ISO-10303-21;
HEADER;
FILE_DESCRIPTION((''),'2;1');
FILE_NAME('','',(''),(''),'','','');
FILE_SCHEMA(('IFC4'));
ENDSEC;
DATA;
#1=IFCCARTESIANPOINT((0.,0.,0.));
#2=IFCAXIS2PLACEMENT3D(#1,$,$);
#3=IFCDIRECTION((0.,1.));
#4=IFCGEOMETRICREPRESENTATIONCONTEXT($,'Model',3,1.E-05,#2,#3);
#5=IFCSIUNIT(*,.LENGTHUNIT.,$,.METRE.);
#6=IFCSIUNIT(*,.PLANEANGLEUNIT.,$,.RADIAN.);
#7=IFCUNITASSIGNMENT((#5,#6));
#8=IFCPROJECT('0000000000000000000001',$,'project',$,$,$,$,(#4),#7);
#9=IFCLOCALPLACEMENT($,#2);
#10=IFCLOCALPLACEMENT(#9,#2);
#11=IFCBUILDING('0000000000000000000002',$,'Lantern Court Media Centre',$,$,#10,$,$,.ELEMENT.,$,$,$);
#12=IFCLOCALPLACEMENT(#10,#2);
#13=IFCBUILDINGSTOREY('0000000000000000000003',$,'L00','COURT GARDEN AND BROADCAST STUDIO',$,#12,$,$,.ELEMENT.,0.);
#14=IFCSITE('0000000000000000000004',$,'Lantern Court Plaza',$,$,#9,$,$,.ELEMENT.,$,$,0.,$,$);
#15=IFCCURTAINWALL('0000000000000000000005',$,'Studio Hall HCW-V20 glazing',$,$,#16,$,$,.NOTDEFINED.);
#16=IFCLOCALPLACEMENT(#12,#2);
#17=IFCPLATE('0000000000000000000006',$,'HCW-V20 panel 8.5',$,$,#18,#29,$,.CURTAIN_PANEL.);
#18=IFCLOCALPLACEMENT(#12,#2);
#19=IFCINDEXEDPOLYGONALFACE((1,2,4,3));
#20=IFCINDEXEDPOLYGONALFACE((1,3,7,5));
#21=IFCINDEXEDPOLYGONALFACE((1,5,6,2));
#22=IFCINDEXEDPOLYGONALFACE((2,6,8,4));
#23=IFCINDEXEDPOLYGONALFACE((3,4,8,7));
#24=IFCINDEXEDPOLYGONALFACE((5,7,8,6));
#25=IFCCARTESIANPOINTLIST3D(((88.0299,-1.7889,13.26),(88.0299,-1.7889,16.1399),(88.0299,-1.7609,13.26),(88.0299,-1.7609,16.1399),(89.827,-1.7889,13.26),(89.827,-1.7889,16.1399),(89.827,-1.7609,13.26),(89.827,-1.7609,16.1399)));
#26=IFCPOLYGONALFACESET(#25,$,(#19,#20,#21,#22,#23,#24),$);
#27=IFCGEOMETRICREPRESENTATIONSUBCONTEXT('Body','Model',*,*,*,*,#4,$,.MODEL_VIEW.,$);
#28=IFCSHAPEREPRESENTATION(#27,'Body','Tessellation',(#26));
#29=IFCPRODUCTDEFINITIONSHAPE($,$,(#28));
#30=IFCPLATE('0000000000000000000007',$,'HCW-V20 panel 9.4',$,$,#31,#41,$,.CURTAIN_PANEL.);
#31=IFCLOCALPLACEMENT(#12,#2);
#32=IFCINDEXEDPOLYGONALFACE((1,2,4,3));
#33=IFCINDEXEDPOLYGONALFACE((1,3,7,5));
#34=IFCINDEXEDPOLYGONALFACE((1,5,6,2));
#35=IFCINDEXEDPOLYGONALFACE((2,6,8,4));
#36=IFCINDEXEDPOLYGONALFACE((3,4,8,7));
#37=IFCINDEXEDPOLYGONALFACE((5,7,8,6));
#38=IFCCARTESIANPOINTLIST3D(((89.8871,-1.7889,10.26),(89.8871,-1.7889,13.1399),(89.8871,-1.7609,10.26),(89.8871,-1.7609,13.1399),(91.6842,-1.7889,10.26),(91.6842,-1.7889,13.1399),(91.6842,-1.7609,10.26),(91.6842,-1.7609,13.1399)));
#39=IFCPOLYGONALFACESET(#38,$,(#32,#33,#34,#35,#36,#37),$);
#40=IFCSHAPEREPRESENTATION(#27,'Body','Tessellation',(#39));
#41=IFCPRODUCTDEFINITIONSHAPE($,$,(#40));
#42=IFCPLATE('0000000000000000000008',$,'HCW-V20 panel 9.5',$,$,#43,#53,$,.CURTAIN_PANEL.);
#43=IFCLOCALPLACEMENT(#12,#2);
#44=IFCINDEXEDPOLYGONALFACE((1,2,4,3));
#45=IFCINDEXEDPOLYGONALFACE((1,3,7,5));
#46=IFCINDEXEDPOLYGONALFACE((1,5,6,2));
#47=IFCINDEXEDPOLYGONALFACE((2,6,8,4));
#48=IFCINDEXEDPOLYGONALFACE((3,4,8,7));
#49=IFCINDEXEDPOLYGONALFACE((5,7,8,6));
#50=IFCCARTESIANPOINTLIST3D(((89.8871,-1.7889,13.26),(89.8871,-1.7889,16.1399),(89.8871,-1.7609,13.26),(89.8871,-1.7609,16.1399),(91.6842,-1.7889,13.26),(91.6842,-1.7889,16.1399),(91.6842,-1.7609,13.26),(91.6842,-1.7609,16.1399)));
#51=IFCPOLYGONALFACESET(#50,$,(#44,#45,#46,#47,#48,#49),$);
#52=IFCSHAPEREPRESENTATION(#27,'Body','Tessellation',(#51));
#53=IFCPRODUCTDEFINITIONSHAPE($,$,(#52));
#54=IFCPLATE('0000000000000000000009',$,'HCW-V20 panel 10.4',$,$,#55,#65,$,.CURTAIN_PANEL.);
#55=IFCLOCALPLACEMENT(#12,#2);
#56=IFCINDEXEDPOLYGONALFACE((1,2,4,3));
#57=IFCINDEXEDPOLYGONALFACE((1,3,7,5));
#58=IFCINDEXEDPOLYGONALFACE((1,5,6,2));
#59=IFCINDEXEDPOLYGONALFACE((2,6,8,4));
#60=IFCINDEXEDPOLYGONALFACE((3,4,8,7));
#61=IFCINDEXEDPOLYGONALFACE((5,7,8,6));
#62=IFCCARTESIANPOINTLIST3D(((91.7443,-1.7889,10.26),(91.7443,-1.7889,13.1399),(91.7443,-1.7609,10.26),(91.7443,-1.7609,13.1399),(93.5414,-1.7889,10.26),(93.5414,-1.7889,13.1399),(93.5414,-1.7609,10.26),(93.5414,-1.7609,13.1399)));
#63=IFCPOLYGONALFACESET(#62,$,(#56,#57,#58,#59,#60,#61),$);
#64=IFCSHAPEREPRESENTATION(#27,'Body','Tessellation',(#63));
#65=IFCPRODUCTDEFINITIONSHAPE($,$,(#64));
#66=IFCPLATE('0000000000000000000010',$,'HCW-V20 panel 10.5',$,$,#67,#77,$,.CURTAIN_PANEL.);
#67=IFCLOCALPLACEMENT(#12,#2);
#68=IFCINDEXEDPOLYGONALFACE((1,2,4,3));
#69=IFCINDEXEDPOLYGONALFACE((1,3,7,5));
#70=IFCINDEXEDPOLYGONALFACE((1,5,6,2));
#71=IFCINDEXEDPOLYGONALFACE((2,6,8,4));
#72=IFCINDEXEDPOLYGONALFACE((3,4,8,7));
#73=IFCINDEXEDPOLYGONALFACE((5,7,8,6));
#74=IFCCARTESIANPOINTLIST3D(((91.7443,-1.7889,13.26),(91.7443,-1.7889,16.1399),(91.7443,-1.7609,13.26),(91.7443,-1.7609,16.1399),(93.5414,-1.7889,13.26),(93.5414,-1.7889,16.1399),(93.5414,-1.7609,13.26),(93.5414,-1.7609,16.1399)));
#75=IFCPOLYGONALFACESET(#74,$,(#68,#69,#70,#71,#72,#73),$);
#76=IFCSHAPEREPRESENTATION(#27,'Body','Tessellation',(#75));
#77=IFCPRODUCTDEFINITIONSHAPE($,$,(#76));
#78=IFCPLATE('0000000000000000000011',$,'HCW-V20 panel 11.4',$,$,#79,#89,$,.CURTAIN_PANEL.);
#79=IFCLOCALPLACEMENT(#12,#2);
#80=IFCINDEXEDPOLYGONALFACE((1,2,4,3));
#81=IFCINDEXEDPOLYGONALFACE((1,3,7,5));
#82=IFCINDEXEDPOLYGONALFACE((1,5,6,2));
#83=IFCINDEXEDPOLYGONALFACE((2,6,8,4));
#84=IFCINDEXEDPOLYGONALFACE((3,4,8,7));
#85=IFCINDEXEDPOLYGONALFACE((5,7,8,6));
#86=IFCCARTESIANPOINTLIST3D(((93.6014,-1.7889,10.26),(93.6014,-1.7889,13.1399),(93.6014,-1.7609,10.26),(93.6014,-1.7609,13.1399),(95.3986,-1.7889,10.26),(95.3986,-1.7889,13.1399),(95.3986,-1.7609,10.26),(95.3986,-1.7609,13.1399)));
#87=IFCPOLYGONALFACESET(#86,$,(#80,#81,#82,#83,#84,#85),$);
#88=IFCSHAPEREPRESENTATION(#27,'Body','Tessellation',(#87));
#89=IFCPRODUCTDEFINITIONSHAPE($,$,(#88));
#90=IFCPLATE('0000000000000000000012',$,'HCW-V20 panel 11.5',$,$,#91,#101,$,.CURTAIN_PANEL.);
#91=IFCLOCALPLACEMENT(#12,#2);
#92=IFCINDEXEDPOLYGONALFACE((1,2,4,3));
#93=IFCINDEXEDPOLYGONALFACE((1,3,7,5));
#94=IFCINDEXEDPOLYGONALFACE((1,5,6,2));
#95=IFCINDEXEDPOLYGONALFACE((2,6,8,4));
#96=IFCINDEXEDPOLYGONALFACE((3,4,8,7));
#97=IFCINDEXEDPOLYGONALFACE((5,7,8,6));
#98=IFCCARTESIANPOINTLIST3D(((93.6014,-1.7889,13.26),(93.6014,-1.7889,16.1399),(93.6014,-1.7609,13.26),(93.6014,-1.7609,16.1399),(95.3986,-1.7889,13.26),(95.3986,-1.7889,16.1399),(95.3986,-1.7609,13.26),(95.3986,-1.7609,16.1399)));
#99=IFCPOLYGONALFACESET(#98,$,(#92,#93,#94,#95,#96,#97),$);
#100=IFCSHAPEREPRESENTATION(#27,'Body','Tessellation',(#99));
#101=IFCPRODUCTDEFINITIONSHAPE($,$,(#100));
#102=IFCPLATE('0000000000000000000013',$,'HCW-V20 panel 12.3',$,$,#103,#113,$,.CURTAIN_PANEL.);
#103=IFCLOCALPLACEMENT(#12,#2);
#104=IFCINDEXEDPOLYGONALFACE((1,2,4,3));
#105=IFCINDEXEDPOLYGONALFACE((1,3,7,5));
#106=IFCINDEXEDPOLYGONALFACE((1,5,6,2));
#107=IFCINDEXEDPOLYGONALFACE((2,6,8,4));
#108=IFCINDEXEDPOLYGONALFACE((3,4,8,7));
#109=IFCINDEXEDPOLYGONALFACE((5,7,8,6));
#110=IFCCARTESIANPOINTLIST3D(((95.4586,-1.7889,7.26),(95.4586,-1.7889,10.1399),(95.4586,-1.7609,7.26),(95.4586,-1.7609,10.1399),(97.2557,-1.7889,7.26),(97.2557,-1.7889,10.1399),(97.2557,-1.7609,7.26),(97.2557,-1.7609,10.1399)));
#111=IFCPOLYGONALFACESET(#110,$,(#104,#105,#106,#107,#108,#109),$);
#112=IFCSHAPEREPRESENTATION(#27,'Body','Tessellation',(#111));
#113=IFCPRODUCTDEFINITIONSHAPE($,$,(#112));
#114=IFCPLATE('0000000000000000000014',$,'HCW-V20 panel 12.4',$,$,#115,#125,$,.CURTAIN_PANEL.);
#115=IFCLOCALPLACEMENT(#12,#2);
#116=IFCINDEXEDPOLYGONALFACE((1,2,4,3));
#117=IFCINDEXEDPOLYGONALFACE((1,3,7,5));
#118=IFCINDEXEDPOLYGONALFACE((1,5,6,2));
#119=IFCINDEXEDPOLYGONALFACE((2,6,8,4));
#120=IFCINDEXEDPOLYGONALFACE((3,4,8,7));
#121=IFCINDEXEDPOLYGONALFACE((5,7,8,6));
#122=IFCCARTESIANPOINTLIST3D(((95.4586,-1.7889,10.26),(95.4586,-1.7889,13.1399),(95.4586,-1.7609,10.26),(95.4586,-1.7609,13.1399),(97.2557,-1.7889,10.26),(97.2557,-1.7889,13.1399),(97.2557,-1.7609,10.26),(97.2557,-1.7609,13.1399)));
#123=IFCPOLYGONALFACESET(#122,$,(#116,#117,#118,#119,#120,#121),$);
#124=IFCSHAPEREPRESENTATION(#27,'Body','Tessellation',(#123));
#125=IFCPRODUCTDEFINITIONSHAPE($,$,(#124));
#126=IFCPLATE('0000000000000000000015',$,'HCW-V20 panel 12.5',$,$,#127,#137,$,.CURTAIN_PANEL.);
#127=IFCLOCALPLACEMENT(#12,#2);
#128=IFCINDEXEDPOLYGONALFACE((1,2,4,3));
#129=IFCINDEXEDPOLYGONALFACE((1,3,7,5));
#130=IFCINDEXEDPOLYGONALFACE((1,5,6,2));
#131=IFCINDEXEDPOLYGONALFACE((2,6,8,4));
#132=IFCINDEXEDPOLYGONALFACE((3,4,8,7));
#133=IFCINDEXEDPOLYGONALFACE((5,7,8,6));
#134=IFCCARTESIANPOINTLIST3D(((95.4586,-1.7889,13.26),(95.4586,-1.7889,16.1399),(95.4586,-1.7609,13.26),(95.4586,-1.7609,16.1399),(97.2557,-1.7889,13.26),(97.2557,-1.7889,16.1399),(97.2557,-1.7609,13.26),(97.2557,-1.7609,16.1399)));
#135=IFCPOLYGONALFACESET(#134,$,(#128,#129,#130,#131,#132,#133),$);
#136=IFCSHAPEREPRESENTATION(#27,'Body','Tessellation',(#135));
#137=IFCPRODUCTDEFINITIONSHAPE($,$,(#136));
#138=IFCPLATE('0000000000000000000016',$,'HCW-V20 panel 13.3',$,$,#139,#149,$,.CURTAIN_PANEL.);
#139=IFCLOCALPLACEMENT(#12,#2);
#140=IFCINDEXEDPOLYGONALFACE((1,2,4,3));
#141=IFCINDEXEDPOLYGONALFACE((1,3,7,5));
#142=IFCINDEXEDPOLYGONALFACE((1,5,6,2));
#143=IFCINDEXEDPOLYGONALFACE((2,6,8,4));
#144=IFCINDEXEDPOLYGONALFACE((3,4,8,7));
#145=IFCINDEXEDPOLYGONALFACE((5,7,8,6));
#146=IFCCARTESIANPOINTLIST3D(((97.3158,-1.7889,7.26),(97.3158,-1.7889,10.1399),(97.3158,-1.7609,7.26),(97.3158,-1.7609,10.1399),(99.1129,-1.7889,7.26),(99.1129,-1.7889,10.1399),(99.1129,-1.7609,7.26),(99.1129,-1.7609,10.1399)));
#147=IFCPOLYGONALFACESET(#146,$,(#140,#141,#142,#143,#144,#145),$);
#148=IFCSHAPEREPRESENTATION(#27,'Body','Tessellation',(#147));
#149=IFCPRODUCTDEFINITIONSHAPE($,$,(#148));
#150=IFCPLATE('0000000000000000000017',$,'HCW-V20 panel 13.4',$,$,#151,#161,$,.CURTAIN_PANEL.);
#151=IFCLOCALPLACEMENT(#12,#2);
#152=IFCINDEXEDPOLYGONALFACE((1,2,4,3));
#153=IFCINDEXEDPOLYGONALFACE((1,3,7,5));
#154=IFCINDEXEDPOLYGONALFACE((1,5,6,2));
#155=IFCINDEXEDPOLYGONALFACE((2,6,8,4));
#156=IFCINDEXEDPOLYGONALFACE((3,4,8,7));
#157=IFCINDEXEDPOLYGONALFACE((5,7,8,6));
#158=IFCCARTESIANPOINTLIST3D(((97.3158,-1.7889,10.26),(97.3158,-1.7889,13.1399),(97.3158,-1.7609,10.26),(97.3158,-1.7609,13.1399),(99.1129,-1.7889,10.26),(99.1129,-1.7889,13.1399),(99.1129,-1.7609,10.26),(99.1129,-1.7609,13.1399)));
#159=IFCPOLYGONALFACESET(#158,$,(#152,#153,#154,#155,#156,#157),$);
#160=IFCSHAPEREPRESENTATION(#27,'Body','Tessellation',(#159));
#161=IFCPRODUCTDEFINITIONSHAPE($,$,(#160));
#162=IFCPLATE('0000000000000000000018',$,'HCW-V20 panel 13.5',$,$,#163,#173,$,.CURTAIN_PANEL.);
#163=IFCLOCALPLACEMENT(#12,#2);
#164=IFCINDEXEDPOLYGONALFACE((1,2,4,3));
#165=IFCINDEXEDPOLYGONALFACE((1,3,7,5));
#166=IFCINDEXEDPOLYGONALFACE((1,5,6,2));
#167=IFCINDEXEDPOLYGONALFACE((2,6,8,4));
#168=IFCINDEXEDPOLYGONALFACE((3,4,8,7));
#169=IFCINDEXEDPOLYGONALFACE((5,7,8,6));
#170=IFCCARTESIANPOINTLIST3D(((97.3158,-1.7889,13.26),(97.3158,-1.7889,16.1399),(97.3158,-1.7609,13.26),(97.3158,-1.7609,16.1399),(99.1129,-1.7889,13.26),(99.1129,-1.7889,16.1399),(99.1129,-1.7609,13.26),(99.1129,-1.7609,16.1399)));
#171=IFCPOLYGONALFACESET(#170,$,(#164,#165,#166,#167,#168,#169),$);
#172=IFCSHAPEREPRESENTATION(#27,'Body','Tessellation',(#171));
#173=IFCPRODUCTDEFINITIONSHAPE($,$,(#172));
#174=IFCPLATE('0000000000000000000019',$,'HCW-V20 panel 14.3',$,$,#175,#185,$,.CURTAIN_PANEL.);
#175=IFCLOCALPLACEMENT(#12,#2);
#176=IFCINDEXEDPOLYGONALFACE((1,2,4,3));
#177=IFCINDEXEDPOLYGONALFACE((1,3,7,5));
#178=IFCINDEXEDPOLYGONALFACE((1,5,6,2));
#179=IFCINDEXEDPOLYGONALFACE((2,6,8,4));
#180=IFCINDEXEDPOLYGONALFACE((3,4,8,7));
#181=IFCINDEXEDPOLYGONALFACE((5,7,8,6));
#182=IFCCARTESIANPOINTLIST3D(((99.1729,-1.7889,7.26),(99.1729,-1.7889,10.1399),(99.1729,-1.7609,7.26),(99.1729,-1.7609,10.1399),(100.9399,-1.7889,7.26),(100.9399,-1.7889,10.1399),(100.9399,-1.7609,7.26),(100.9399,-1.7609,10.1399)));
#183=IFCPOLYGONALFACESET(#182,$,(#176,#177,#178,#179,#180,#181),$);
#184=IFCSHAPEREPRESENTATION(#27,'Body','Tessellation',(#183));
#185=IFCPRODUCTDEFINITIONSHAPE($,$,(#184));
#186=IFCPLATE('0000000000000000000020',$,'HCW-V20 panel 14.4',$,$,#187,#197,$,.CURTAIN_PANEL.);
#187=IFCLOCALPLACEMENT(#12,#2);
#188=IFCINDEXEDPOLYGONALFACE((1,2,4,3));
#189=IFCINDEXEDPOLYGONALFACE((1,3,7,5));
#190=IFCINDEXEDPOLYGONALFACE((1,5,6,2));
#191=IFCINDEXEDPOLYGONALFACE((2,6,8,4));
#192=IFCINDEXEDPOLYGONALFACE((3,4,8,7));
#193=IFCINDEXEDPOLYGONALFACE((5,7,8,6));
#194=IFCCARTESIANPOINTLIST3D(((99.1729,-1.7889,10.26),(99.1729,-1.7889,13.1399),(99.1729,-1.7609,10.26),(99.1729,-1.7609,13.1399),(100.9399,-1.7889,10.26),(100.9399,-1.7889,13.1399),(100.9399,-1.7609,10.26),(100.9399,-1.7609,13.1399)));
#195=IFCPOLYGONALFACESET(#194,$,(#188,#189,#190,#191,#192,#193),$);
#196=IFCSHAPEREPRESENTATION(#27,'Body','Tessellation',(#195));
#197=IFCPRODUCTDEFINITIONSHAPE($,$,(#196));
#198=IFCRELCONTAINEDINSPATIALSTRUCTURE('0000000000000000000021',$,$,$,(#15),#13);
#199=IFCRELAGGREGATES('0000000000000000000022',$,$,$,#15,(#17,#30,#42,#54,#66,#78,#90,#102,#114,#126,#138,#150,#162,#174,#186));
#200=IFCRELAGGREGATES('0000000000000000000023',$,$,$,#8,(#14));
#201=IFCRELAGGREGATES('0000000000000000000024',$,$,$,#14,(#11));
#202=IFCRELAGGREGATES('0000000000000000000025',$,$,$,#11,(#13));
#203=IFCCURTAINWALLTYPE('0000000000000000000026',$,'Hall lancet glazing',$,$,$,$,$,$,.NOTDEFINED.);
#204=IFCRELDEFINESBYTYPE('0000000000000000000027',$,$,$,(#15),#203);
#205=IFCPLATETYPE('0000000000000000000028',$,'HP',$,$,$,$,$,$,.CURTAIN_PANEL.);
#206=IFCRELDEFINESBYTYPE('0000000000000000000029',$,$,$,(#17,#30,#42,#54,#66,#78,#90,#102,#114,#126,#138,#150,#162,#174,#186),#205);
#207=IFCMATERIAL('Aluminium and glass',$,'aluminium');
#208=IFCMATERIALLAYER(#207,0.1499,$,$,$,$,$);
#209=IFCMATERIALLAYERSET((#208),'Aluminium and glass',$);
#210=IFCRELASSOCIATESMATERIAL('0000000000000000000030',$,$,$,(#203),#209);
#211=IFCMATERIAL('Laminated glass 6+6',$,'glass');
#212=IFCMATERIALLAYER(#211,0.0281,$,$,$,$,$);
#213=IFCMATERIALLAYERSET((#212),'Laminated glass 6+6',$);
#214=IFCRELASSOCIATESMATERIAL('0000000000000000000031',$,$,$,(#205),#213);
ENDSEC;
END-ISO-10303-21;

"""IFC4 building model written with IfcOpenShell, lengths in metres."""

from ifc_helpers import new_model, si_unit, direction, frame, origin, origin_2d, place, context, subcontext, project, spatial, rectangle, extrude, material, layer, layer_set, type_object, element, aggregate, save


model = new_model("IFC4")

# Units and contexts
model_context = context("Model", 3, precision=1e-05, world=origin(), true_north=direction((0.0, 1.0)))
body_context = subcontext(model_context, "Body", "Model", "MODEL_VIEW")
ifc_project = project(units=[si_unit("LENGTHUNIT", "METRE"), si_unit("PLANEANGLEUNIT", "RADIAN")], contexts=[model_context])

# Site, building, storey
site_placement = place(None, origin())
site = spatial("IfcSite", under=ifc_project, at=site_placement, Name="Lantern Court Plaza", CompositionType="ELEMENT", RefElevation=0.0)
building_placement = place(site_placement, origin())
building = spatial("IfcBuilding", under=site, at=building_placement, Name="Lantern Court Media Centre", CompositionType="ELEMENT")
storey_placement = place(building_placement, origin())
storey = spatial("IfcBuildingStorey", under=building, at=storey_placement, Name="L00", Description="COURT GARDEN AND BROADCAST STUDIO", CompositionType="ELEMENT", Elevation=0.0)

# Curtain wall, plates
ifc_material_1 = material(Name="Aluminium and glass", Category="aluminium")
ifc_layer_1 = layer(ifc_material_1, 0.1499)
ifc_layer_set_1 = layer_set([ifc_layer_1], Name="Aluminium and glass")
curtain_wall_type = type_object("IfcCurtainWallType", Name="Hall lancet glazing", PredefinedType="NOTDEFINED", material=ifc_layer_set_1)
curtain_wall_placement = place(storey_placement, origin())
curtain_wall = element("IfcCurtainWall", 1, at=curtain_wall_placement, inside=storey, type_object=curtain_wall_type, Name="Studio Hall HCW-V20 glazing", PredefinedType="NOTDEFINED")
ifc_material_2 = material(Name="Laminated glass 6+6", Category="glass")
ifc_layer_2 = layer(ifc_material_2, 0.0281)
ifc_layer_set_2 = layer_set([ifc_layer_2], Name="Laminated glass 6+6")
plate_type = type_object("IfcPlateType", Name="HP", PredefinedType="CURTAIN_PANEL", material=ifc_layer_set_2)
plate_1_placement = place(storey_placement, frame((88.9285, -1.7749, 13.26), z_axis=(0.0, 0.0, 1.0), x_axis=(1.0, 0.0, 0.0)))
plate_1 = element("IfcPlate", 2, at=plate_1_placement, type_object=plate_type, Name="HCW-V20 panel 8.5", PredefinedType="CURTAIN_PANEL", context=body_context, shape_type="SweptSolid", body=[
    extrude(rectangle(XDim=1.7971, YDim=0.0281, at=origin_2d()), origin(), (0.0, 0.0, 1.0), 2.8799),
])
plate_2_placement = place(storey_placement, frame((90.7856, -1.7749, 10.26), z_axis=(0.0, 0.0, 1.0), x_axis=(1.0, 0.0, 0.0)))
plate_2 = element("IfcPlate", 3, at=plate_2_placement, type_object=plate_type, Name="HCW-V20 panel 9.4", PredefinedType="CURTAIN_PANEL", context=body_context, shape_type="SweptSolid", body=[
    extrude(rectangle(XDim=1.7971, YDim=0.0281, at=origin_2d()), origin(), (0.0, 0.0, 1.0), 2.8799),
])
plate_3_placement = place(storey_placement, frame((90.7856, -1.7749, 13.26), z_axis=(0.0, 0.0, 1.0), x_axis=(1.0, 0.0, 0.0)))
plate_3 = element("IfcPlate", 4, at=plate_3_placement, type_object=plate_type, Name="HCW-V20 panel 9.5", PredefinedType="CURTAIN_PANEL", context=body_context, shape_type="SweptSolid", body=[
    extrude(rectangle(XDim=1.7971, YDim=0.0281, at=origin_2d()), origin(), (0.0, 0.0, 1.0), 2.8799),
])
plate_4_placement = place(storey_placement, frame((92.6428, -1.7749, 10.26), z_axis=(0.0, 0.0, 1.0), x_axis=(1.0, 0.0, 0.0)))
plate_4 = element("IfcPlate", 5, at=plate_4_placement, type_object=plate_type, Name="HCW-V20 panel 10.4", PredefinedType="CURTAIN_PANEL", context=body_context, shape_type="SweptSolid", body=[
    extrude(rectangle(XDim=1.7971, YDim=0.0281, at=origin_2d()), origin(), (0.0, 0.0, 1.0), 2.8799),
])
plate_5_placement = place(storey_placement, frame((92.6428, -1.7749, 13.26), z_axis=(0.0, 0.0, 1.0), x_axis=(1.0, 0.0, 0.0)))
plate_5 = element("IfcPlate", 6, at=plate_5_placement, type_object=plate_type, Name="HCW-V20 panel 10.5", PredefinedType="CURTAIN_PANEL", context=body_context, shape_type="SweptSolid", body=[
    extrude(rectangle(XDim=1.7971, YDim=0.0281, at=origin_2d()), origin(), (0.0, 0.0, 1.0), 2.8799),
])
plate_6_placement = place(storey_placement, frame((94.5, -1.7749, 10.26), z_axis=(0.0, 0.0, 1.0), x_axis=(1.0, 0.0, 0.0)))
plate_6 = element("IfcPlate", 7, at=plate_6_placement, type_object=plate_type, Name="HCW-V20 panel 11.4", PredefinedType="CURTAIN_PANEL", context=body_context, shape_type="SweptSolid", body=[
    extrude(rectangle(XDim=1.7971, YDim=0.0281, at=origin_2d()), origin(), (0.0, 0.0, 1.0), 2.8799),
])
plate_7_placement = place(storey_placement, frame((94.5, -1.7749, 13.26), z_axis=(0.0, 0.0, 1.0), x_axis=(1.0, 0.0, 0.0)))
plate_7 = element("IfcPlate", 8, at=plate_7_placement, type_object=plate_type, Name="HCW-V20 panel 11.5", PredefinedType="CURTAIN_PANEL", context=body_context, shape_type="SweptSolid", body=[
    extrude(rectangle(XDim=1.7971, YDim=0.0281, at=origin_2d()), origin(), (0.0, 0.0, 1.0), 2.8799),
])
plate_8_placement = place(storey_placement, frame((96.3572, -1.7749, 7.26), z_axis=(0.0, 0.0, 1.0), x_axis=(1.0, 0.0, 0.0)))
plate_8 = element("IfcPlate", 9, at=plate_8_placement, type_object=plate_type, Name="HCW-V20 panel 12.3", PredefinedType="CURTAIN_PANEL", context=body_context, shape_type="SweptSolid", body=[
    extrude(rectangle(XDim=1.7971, YDim=0.0281, at=origin_2d()), origin(), (0.0, 0.0, 1.0), 2.8799),
])
plate_9_placement = place(storey_placement, frame((96.3572, -1.7749, 10.26), z_axis=(0.0, 0.0, 1.0), x_axis=(1.0, 0.0, 0.0)))
plate_9 = element("IfcPlate", 10, at=plate_9_placement, type_object=plate_type, Name="HCW-V20 panel 12.4", PredefinedType="CURTAIN_PANEL", context=body_context, shape_type="SweptSolid", body=[
    extrude(rectangle(XDim=1.7971, YDim=0.0281, at=origin_2d()), origin(), (0.0, 0.0, 1.0), 2.8799),
])
plate_10_placement = place(storey_placement, frame((96.3572, -1.7749, 13.26), z_axis=(0.0, 0.0, 1.0), x_axis=(1.0, 0.0, 0.0)))
plate_10 = element("IfcPlate", 11, at=plate_10_placement, type_object=plate_type, Name="HCW-V20 panel 12.5", PredefinedType="CURTAIN_PANEL", context=body_context, shape_type="SweptSolid", body=[
    extrude(rectangle(XDim=1.7971, YDim=0.0281, at=origin_2d()), origin(), (0.0, 0.0, 1.0), 2.8799),
])
plate_11_placement = place(storey_placement, frame((98.2144, -1.7749, 7.26), z_axis=(0.0, 0.0, 1.0), x_axis=(1.0, 0.0, 0.0)))
plate_11 = element("IfcPlate", 12, at=plate_11_placement, type_object=plate_type, Name="HCW-V20 panel 13.3", PredefinedType="CURTAIN_PANEL", context=body_context, shape_type="SweptSolid", body=[
    extrude(rectangle(XDim=1.7971, YDim=0.0281, at=origin_2d()), origin(), (0.0, 0.0, 1.0), 2.8799),
])
plate_12_placement = place(storey_placement, frame((98.2144, -1.7749, 10.26), z_axis=(0.0, 0.0, 1.0), x_axis=(1.0, 0.0, 0.0)))
plate_12 = element("IfcPlate", 13, at=plate_12_placement, type_object=plate_type, Name="HCW-V20 panel 13.4", PredefinedType="CURTAIN_PANEL", context=body_context, shape_type="SweptSolid", body=[
    extrude(rectangle(XDim=1.7971, YDim=0.0281, at=origin_2d()), origin(), (0.0, 0.0, 1.0), 2.8799),
])
plate_13_placement = place(storey_placement, frame((98.2144, -1.7749, 13.26), z_axis=(0.0, 0.0, 1.0), x_axis=(1.0, 0.0, 0.0)))
plate_13 = element("IfcPlate", 14, at=plate_13_placement, type_object=plate_type, Name="HCW-V20 panel 13.5", PredefinedType="CURTAIN_PANEL", context=body_context, shape_type="SweptSolid", body=[
    extrude(rectangle(XDim=1.7971, YDim=0.0281, at=origin_2d()), origin(), (0.0, 0.0, 1.0), 2.8799),
])
plate_14_placement = place(storey_placement, frame((100.0564, -1.7749, 7.26), z_axis=(0.0, 0.0, 1.0), x_axis=(1.0, 0.0, 0.0)))
plate_14 = element("IfcPlate", 15, at=plate_14_placement, type_object=plate_type, Name="HCW-V20 panel 14.3", PredefinedType="CURTAIN_PANEL", context=body_context, shape_type="SweptSolid", body=[
    extrude(rectangle(XDim=1.7671, YDim=0.0281, at=origin_2d()), origin(), (0.0, 0.0, 1.0), 2.8799),
])
plate_15_placement = place(storey_placement, frame((100.0564, -1.7749, 10.26), z_axis=(0.0, 0.0, 1.0), x_axis=(1.0, 0.0, 0.0)))
plate_15 = element("IfcPlate", 16, at=plate_15_placement, type_object=plate_type, Name="HCW-V20 panel 14.4", PredefinedType="CURTAIN_PANEL", context=body_context, shape_type="SweptSolid", body=[
    extrude(rectangle(XDim=1.7671, YDim=0.0281, at=origin_2d()), origin(), (0.0, 0.0, 1.0), 2.8799),
])
aggregate(curtain_wall, [plate_1, plate_2, plate_3, plate_4, plate_5, plate_6, plate_7, plate_8, plate_9, plate_10, plate_11, plate_12, plate_13, plate_14, plate_15])

save(model, "model.ifc")
